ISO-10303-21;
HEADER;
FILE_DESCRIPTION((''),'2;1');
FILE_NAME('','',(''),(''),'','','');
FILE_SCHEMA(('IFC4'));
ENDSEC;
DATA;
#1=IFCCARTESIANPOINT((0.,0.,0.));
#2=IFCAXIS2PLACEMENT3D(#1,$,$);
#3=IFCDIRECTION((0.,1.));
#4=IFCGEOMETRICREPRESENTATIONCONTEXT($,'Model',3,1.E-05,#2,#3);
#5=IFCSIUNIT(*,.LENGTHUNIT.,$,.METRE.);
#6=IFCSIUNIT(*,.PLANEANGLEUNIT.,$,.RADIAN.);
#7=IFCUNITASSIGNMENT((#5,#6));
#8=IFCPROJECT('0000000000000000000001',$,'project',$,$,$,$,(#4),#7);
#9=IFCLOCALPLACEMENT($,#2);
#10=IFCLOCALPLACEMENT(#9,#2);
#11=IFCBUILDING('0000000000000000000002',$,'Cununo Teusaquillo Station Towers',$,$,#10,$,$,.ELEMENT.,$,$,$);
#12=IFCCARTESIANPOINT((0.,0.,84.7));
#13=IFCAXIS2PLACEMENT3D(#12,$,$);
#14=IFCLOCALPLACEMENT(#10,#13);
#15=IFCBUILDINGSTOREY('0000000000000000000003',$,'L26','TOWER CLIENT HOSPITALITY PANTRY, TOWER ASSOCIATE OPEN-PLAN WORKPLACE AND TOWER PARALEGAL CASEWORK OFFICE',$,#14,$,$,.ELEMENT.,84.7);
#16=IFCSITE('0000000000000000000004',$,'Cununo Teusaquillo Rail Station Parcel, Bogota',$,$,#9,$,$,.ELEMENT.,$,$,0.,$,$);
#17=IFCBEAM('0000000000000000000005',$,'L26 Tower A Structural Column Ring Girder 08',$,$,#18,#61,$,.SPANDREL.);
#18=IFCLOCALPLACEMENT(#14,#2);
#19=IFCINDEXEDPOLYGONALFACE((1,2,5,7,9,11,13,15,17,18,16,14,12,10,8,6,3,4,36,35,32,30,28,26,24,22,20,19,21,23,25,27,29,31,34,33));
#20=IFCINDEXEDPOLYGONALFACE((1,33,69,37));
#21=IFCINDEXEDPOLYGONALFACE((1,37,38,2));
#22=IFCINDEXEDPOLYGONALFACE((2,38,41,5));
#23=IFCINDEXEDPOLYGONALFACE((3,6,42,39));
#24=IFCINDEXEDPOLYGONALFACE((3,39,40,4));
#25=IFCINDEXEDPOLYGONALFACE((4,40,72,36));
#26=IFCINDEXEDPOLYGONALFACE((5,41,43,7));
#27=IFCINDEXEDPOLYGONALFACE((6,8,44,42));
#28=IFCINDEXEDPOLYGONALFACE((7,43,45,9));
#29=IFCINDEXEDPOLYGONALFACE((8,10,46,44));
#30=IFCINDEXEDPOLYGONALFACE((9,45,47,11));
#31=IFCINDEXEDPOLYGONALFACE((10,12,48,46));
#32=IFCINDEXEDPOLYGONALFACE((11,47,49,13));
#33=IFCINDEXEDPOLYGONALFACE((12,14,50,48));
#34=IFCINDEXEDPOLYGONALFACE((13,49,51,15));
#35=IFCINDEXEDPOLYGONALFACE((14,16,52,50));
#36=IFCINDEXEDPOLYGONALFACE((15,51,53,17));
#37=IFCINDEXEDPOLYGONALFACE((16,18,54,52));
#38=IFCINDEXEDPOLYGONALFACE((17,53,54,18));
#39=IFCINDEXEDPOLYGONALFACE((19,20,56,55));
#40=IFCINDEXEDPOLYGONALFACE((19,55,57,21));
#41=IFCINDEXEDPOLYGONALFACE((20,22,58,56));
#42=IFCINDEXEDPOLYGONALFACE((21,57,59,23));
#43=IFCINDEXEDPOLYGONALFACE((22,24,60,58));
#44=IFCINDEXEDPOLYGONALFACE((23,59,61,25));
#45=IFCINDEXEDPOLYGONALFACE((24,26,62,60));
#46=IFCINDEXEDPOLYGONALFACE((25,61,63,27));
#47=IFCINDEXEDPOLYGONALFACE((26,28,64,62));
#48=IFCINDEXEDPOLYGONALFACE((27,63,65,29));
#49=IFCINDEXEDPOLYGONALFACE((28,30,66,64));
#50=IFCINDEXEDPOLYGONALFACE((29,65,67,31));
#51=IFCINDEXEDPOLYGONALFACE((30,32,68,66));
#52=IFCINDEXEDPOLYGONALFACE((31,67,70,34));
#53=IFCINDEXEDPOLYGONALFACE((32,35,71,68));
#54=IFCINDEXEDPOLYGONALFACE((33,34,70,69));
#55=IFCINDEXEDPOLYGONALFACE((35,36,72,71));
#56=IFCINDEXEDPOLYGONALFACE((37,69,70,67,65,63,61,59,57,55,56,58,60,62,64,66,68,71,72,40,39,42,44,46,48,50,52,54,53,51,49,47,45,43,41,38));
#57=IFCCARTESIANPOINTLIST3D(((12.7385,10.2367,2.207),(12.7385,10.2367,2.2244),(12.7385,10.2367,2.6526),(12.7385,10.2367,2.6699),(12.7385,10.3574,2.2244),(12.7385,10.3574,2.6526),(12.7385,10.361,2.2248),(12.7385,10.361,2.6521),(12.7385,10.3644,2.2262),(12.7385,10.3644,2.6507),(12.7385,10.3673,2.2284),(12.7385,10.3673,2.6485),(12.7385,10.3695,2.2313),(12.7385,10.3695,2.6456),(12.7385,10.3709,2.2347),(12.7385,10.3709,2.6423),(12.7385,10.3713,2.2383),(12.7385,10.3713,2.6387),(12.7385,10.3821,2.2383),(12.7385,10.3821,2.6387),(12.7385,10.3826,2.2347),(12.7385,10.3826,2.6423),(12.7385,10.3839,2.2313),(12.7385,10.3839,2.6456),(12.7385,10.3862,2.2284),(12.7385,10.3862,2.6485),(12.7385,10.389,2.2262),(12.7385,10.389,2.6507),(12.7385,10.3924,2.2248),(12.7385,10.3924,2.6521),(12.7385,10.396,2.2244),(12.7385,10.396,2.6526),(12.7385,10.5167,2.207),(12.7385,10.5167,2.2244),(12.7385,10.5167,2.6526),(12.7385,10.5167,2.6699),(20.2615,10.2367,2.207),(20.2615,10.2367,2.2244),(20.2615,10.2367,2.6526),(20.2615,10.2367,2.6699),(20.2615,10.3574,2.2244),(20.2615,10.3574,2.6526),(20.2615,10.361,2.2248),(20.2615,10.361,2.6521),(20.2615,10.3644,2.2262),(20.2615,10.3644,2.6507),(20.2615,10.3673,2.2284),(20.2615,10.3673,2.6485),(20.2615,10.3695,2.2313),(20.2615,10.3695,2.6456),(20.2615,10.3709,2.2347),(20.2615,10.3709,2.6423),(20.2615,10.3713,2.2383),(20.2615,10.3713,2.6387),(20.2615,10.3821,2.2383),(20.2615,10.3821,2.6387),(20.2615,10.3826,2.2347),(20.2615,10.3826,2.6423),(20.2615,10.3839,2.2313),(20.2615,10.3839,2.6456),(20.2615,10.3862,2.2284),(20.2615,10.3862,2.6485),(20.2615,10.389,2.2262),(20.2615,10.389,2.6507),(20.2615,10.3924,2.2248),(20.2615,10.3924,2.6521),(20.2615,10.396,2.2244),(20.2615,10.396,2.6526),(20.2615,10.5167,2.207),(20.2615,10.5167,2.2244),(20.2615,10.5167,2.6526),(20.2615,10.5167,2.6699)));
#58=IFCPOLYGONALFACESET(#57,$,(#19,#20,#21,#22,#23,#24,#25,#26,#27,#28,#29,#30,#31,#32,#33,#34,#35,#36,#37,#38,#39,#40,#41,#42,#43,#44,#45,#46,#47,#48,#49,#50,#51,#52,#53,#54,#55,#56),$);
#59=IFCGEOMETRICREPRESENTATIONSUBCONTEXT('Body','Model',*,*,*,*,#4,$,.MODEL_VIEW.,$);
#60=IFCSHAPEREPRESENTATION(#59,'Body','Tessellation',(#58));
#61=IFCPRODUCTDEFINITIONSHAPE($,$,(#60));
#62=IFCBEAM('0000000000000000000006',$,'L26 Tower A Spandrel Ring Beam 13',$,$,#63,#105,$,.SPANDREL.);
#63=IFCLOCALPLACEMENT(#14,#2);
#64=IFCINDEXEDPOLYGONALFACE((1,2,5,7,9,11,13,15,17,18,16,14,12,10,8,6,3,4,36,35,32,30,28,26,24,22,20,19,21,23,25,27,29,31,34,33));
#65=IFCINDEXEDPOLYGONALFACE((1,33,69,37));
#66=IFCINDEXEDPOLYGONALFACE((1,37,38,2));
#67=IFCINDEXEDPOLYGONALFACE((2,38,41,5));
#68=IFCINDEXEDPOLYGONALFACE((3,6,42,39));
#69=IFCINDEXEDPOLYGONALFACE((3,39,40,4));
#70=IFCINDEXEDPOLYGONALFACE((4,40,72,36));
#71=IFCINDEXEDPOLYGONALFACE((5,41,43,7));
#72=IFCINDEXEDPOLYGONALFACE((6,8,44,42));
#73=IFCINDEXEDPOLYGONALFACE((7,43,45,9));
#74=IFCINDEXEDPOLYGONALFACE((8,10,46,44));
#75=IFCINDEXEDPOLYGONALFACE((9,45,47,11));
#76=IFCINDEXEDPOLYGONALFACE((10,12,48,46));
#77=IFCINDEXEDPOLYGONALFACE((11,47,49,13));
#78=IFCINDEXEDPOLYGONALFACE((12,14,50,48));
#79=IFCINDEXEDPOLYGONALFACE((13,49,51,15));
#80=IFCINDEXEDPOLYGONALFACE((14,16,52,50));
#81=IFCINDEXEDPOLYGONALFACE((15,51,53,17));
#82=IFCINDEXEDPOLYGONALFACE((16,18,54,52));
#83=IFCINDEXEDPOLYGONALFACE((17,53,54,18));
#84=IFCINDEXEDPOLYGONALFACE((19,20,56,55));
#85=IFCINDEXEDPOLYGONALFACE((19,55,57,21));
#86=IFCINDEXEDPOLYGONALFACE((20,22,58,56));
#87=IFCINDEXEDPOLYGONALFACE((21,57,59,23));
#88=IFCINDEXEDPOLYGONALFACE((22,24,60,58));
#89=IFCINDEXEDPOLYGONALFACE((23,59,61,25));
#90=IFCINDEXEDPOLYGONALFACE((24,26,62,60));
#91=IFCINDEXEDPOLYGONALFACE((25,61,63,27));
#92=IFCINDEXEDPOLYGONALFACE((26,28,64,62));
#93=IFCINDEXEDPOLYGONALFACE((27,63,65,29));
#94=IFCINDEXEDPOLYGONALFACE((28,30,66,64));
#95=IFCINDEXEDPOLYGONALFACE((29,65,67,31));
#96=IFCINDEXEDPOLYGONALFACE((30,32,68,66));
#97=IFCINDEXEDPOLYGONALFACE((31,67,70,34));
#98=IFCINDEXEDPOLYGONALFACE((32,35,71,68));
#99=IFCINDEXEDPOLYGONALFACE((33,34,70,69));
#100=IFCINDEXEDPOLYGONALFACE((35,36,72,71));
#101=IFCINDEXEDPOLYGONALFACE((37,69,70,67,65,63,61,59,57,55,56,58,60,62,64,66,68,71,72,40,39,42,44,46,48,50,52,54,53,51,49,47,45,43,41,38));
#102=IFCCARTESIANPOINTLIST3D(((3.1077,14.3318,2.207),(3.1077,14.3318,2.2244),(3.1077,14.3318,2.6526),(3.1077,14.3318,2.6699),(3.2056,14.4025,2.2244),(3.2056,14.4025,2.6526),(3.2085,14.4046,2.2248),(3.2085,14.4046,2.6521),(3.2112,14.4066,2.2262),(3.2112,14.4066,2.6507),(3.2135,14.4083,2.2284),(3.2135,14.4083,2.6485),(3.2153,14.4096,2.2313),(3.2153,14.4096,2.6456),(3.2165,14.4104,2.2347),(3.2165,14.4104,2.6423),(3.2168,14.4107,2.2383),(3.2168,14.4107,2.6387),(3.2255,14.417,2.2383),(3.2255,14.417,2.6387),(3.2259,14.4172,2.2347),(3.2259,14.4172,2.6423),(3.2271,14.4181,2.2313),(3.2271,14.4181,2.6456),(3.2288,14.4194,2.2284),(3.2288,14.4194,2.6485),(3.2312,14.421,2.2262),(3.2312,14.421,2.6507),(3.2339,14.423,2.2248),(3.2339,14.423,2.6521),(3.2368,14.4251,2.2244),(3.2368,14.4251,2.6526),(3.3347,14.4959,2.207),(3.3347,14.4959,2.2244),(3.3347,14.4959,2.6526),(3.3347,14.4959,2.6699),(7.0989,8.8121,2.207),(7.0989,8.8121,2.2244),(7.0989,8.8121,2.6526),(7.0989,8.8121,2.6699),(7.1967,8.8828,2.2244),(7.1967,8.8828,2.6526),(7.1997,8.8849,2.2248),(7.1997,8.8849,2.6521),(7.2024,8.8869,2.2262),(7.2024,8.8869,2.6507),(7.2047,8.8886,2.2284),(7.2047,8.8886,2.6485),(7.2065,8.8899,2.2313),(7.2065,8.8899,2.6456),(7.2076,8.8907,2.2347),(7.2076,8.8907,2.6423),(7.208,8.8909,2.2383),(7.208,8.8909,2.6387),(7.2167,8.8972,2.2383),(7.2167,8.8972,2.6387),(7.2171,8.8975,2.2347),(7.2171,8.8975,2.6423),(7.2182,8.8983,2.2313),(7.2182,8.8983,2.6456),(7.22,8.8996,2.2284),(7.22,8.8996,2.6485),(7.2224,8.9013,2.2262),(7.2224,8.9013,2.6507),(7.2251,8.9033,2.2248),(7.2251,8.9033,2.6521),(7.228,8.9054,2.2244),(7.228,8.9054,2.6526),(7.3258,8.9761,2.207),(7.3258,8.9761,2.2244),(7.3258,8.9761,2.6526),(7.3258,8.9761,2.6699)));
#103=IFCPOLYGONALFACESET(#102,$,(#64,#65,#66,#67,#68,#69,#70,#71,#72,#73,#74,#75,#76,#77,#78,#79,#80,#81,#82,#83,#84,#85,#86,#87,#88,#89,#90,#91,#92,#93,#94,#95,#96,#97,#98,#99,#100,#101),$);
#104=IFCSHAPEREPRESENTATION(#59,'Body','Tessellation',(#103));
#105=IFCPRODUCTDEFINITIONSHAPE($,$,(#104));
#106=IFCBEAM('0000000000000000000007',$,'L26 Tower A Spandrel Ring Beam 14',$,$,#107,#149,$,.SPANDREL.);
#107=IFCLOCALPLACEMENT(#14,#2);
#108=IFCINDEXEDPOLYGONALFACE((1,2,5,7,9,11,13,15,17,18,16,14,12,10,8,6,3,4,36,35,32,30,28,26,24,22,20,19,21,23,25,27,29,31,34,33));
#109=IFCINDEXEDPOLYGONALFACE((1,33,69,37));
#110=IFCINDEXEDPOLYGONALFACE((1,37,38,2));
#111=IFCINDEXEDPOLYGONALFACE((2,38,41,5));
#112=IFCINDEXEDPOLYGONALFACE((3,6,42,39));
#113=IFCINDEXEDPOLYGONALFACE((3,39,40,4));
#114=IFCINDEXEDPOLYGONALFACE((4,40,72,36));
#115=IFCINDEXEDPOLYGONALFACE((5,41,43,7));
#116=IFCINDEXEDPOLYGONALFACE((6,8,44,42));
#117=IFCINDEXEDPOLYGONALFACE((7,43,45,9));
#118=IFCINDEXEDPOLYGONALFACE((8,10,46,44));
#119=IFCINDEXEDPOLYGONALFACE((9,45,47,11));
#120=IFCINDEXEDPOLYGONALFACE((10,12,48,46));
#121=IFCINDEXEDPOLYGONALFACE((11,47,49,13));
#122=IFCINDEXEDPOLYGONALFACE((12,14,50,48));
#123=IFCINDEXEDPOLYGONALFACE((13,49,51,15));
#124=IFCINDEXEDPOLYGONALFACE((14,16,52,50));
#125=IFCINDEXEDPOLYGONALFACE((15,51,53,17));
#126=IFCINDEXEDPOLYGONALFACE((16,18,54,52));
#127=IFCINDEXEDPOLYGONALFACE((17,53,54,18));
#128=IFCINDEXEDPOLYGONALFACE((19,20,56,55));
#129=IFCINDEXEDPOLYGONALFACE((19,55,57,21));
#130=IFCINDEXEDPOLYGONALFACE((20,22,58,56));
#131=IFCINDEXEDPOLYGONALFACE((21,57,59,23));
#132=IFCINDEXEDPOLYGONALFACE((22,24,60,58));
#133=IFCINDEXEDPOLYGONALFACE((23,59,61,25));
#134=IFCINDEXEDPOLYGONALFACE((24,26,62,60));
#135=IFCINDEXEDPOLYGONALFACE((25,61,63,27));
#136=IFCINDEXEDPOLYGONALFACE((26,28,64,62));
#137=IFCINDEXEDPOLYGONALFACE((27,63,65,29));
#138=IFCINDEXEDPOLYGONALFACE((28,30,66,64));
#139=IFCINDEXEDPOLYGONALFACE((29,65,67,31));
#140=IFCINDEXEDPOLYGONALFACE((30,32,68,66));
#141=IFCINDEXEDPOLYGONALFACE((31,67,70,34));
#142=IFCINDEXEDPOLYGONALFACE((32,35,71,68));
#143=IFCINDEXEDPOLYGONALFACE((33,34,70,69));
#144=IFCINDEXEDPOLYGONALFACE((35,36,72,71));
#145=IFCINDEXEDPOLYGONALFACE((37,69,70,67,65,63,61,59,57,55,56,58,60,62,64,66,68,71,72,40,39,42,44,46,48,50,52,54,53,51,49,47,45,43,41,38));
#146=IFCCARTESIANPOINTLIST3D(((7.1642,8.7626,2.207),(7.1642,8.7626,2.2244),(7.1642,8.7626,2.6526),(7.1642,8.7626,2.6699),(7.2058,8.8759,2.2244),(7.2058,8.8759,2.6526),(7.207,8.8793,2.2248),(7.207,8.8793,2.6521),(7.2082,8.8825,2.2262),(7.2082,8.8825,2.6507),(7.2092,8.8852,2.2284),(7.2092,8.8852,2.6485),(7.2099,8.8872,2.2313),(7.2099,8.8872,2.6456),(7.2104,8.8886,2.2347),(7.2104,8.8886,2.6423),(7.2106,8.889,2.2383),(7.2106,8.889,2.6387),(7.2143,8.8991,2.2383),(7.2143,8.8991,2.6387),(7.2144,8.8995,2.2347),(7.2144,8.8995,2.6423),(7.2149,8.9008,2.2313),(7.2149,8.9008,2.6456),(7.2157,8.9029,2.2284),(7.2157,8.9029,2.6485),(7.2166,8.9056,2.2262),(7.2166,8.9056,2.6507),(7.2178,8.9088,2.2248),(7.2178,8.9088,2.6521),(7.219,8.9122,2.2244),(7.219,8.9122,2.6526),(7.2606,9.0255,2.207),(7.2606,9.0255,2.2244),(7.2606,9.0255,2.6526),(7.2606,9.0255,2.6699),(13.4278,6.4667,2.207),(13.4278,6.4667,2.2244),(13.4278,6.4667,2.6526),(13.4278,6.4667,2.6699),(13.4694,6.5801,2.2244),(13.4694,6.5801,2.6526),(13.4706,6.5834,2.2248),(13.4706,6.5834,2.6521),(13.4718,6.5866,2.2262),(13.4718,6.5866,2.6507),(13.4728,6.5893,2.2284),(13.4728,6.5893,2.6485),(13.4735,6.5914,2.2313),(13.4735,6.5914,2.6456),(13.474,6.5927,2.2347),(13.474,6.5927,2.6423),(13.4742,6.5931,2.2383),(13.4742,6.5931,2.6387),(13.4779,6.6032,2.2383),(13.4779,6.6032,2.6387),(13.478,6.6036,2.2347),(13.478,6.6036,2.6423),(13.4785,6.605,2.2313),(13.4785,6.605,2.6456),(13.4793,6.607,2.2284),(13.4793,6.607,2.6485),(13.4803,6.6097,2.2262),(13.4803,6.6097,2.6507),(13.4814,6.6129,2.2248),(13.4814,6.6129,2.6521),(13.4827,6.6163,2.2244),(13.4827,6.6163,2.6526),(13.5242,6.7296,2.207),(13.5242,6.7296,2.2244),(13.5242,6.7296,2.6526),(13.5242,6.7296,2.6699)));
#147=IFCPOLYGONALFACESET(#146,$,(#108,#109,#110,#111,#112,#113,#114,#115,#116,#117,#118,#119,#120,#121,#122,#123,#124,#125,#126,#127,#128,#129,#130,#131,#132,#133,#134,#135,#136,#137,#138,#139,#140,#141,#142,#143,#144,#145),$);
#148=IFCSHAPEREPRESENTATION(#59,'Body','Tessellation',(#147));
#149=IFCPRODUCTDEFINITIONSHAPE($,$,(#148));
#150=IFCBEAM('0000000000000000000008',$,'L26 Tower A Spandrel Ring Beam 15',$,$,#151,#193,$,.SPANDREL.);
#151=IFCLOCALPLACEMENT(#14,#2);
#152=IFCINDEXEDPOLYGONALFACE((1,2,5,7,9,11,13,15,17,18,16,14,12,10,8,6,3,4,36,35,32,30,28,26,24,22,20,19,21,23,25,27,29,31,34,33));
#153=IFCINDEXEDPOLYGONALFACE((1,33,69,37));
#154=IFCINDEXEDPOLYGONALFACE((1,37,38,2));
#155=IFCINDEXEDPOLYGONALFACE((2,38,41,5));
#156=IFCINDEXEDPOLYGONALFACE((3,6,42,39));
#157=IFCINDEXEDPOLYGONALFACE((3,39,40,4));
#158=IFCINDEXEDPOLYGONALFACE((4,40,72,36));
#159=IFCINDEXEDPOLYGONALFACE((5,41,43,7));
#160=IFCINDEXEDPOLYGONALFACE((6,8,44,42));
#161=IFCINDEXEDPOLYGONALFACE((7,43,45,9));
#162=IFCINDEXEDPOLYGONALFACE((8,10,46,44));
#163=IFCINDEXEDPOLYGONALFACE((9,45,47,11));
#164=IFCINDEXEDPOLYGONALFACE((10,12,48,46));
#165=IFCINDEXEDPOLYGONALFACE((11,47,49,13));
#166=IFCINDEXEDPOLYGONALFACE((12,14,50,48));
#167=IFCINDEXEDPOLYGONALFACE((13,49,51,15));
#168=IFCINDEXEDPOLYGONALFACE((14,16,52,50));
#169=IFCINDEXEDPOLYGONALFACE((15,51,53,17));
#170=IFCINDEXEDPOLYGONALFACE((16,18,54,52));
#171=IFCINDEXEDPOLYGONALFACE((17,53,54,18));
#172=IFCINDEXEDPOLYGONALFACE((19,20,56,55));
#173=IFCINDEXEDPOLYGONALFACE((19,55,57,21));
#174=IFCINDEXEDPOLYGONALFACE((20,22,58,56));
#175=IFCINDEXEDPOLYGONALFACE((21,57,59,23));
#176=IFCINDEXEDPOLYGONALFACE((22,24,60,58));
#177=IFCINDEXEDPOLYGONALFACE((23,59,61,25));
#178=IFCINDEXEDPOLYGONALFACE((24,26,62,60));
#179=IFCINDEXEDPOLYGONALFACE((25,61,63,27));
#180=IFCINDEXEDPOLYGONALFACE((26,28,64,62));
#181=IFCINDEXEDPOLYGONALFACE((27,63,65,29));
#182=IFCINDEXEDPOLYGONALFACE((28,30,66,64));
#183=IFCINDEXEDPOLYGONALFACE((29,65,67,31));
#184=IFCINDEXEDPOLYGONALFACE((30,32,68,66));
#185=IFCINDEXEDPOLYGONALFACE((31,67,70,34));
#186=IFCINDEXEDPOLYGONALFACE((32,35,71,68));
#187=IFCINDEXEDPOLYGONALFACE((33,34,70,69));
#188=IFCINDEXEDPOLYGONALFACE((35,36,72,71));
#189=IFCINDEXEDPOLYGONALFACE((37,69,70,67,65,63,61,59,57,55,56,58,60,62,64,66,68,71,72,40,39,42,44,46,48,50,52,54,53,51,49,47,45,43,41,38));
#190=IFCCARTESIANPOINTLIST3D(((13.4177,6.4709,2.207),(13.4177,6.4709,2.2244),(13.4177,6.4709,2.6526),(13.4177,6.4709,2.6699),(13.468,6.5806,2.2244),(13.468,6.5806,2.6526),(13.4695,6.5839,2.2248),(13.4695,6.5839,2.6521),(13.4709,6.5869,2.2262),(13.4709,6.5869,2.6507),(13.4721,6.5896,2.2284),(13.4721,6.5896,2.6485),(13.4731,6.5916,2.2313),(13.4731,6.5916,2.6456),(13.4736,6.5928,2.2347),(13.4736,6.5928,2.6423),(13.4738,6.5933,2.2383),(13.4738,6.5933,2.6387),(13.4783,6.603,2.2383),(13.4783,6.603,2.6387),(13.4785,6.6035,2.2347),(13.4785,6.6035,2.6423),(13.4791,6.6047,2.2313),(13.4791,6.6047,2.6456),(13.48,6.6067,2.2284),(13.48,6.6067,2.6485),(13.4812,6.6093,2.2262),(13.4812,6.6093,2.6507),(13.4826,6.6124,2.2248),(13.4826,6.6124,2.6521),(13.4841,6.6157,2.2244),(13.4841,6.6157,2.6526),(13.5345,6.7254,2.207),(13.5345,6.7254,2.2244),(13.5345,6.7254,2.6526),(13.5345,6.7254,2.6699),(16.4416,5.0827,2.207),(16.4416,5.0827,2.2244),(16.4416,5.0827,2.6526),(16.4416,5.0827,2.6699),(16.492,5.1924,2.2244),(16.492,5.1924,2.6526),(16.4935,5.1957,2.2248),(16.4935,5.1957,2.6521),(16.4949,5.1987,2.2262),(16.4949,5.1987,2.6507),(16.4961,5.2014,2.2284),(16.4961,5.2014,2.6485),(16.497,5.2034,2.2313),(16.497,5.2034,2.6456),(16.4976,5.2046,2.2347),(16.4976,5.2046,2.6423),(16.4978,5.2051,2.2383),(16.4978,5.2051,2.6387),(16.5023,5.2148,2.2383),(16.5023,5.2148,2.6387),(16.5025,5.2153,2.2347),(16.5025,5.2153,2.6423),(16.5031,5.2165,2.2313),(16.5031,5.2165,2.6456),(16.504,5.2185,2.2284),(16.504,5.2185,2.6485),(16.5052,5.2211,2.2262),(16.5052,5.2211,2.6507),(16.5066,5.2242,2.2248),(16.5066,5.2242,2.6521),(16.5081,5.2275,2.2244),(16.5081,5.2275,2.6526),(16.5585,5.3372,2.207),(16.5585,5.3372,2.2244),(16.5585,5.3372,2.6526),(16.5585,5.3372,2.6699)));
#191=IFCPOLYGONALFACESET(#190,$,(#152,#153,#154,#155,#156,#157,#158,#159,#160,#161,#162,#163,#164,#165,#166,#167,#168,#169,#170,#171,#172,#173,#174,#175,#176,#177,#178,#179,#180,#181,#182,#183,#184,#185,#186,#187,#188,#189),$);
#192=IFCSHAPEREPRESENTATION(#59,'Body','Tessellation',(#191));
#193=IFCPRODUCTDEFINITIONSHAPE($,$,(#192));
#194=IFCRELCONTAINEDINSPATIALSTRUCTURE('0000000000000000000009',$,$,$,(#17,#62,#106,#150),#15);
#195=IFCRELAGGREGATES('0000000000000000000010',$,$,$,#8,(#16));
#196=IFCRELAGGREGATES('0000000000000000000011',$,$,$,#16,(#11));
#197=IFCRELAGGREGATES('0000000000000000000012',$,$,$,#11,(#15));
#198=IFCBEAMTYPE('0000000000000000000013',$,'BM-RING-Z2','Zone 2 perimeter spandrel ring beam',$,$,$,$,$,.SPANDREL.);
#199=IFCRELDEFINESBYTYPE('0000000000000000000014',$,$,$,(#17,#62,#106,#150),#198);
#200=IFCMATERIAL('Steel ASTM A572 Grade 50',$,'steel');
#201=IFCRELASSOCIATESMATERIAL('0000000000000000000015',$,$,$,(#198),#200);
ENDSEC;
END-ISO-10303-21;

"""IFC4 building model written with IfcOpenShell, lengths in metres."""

from ifc_helpers import new_model, si_unit, direction, frame, origin, origin_2d, place, context, subcontext, project, spatial, i_section, extrude, material, material_profile, profile_set, type_object, element, save


model = new_model("IFC4")

# Units and contexts
model_context = context("Model", 3, precision=1e-05, world=origin(), true_north=direction((0.0, 1.0)))
body_context = subcontext(model_context, "Body", "Model", "MODEL_VIEW")
ifc_project = project(units=[si_unit("LENGTHUNIT", "METRE"), si_unit("PLANEANGLEUNIT", "RADIAN")], contexts=[model_context])

# Site, building, storey
site_placement = place(None, origin())
site = spatial("IfcSite", under=ifc_project, at=site_placement, Name="Cununo Teusaquillo Rail Station Parcel, Bogota", CompositionType="ELEMENT", RefElevation=0.0)
building_placement = place(site_placement, origin())
building = spatial("IfcBuilding", under=site, at=building_placement, Name="Cununo Teusaquillo Station Towers", CompositionType="ELEMENT")
storey_placement = place(building_placement, frame((0.0, 0.0, 84.7)))
storey = spatial("IfcBuildingStorey", under=building, at=storey_placement, Name="L26", Description="TOWER CLIENT HOSPITALITY PANTRY, TOWER ASSOCIATE OPEN-PLAN WORKPLACE AND TOWER PARALEGAL CASEWORK OFFICE", CompositionType="ELEMENT", Elevation=84.7)

# Beams
ifc_material_1 = material(Name="Steel ASTM A572 Grade 50", Category="steel")
ifc_material_profile_1 = material_profile(ifc_material_1, i_section(OverallWidth=0.28, OverallDepth=0.4629, WebThickness=0.0107, FlangeThickness=0.0173, FilletRadius=0.0139, at=origin_2d()), Name="W18X76")
ifc_profile_set_1 = profile_set([ifc_material_profile_1], Name="Steel ASTM A572 Grade 50")
beam_type = type_object("IfcBeamType", Name="BM-RING-Z2", Description="Zone 2 perimeter spandrel ring beam", PredefinedType="SPANDREL", material=ifc_profile_set_1)
beam_1_placement = place(storey_placement, frame((12.7385, 10.3767, 2.4385), z_axis=(1.0, 0.0, 0.0), x_axis=(0.0, 1.0, 0.0)))
element("IfcBeam", 1, at=beam_1_placement, inside=storey, type_object=beam_type, Name="L26 Tower A Structural Column Ring Girder 08", PredefinedType="SPANDREL", context=body_context, shape_type="SweptSolid", body=[
    extrude(i_section(OverallWidth=0.28, OverallDepth=0.4629, WebThickness=0.0107, FlangeThickness=0.0173, FilletRadius=0.0139, at=origin_2d()), origin(), (0.0, 0.0, 1.0), 7.5229),
])
beam_2_placement = place(storey_placement, frame((3.2212, 14.4138, 2.4385), z_axis=(0.585945, -0.810351, 0.0), x_axis=(0.810351, 0.585945, 0.0)))
element("IfcBeam", 2, at=beam_2_placement, inside=storey, type_object=beam_type, Name="L26 Tower A Spandrel Ring Beam 13", PredefinedType="SPANDREL", context=body_context, shape_type="SweptSolid", body=[
    extrude(i_section(OverallWidth=0.28, OverallDepth=0.4629, WebThickness=0.0107, FlangeThickness=0.0173, FilletRadius=0.0139, at=origin_2d()), origin(), (0.0, 0.0, 1.0), 6.8115),
])
beam_3_placement = place(storey_placement, frame((7.2124, 8.894, 2.4385), z_axis=(0.938914, -0.344151, 0.0), x_axis=(0.344151, 0.938914, 0.0)))
element("IfcBeam", 3, at=beam_3_placement, inside=storey, type_object=beam_type, Name="L26 Tower A Spandrel Ring Beam 14", PredefinedType="SPANDREL", context=body_context, shape_type="SweptSolid", body=[
    extrude(i_section(OverallWidth=0.28, OverallDepth=0.4629, WebThickness=0.0107, FlangeThickness=0.0173, FilletRadius=0.0139, at=origin_2d()), origin(), (0.0, 0.0, 1.0), 6.6711),
])
beam_4_placement = place(storey_placement, frame((13.4761, 6.5981, 2.4385), z_axis=(0.908812, -0.417205, 0.0), x_axis=(0.417205, 0.908812, 0.0)))
element("IfcBeam", 4, at=beam_4_placement, inside=storey, type_object=beam_type, Name="L26 Tower A Spandrel Ring Beam 15", PredefinedType="SPANDREL", context=body_context, shape_type="SweptSolid", body=[
    extrude(i_section(OverallWidth=0.28, OverallDepth=0.4629, WebThickness=0.0107, FlangeThickness=0.0173, FilletRadius=0.0139, at=origin_2d()), origin(), (0.0, 0.0, 1.0), 3.3274),
])

save(model, "model.ifc")
